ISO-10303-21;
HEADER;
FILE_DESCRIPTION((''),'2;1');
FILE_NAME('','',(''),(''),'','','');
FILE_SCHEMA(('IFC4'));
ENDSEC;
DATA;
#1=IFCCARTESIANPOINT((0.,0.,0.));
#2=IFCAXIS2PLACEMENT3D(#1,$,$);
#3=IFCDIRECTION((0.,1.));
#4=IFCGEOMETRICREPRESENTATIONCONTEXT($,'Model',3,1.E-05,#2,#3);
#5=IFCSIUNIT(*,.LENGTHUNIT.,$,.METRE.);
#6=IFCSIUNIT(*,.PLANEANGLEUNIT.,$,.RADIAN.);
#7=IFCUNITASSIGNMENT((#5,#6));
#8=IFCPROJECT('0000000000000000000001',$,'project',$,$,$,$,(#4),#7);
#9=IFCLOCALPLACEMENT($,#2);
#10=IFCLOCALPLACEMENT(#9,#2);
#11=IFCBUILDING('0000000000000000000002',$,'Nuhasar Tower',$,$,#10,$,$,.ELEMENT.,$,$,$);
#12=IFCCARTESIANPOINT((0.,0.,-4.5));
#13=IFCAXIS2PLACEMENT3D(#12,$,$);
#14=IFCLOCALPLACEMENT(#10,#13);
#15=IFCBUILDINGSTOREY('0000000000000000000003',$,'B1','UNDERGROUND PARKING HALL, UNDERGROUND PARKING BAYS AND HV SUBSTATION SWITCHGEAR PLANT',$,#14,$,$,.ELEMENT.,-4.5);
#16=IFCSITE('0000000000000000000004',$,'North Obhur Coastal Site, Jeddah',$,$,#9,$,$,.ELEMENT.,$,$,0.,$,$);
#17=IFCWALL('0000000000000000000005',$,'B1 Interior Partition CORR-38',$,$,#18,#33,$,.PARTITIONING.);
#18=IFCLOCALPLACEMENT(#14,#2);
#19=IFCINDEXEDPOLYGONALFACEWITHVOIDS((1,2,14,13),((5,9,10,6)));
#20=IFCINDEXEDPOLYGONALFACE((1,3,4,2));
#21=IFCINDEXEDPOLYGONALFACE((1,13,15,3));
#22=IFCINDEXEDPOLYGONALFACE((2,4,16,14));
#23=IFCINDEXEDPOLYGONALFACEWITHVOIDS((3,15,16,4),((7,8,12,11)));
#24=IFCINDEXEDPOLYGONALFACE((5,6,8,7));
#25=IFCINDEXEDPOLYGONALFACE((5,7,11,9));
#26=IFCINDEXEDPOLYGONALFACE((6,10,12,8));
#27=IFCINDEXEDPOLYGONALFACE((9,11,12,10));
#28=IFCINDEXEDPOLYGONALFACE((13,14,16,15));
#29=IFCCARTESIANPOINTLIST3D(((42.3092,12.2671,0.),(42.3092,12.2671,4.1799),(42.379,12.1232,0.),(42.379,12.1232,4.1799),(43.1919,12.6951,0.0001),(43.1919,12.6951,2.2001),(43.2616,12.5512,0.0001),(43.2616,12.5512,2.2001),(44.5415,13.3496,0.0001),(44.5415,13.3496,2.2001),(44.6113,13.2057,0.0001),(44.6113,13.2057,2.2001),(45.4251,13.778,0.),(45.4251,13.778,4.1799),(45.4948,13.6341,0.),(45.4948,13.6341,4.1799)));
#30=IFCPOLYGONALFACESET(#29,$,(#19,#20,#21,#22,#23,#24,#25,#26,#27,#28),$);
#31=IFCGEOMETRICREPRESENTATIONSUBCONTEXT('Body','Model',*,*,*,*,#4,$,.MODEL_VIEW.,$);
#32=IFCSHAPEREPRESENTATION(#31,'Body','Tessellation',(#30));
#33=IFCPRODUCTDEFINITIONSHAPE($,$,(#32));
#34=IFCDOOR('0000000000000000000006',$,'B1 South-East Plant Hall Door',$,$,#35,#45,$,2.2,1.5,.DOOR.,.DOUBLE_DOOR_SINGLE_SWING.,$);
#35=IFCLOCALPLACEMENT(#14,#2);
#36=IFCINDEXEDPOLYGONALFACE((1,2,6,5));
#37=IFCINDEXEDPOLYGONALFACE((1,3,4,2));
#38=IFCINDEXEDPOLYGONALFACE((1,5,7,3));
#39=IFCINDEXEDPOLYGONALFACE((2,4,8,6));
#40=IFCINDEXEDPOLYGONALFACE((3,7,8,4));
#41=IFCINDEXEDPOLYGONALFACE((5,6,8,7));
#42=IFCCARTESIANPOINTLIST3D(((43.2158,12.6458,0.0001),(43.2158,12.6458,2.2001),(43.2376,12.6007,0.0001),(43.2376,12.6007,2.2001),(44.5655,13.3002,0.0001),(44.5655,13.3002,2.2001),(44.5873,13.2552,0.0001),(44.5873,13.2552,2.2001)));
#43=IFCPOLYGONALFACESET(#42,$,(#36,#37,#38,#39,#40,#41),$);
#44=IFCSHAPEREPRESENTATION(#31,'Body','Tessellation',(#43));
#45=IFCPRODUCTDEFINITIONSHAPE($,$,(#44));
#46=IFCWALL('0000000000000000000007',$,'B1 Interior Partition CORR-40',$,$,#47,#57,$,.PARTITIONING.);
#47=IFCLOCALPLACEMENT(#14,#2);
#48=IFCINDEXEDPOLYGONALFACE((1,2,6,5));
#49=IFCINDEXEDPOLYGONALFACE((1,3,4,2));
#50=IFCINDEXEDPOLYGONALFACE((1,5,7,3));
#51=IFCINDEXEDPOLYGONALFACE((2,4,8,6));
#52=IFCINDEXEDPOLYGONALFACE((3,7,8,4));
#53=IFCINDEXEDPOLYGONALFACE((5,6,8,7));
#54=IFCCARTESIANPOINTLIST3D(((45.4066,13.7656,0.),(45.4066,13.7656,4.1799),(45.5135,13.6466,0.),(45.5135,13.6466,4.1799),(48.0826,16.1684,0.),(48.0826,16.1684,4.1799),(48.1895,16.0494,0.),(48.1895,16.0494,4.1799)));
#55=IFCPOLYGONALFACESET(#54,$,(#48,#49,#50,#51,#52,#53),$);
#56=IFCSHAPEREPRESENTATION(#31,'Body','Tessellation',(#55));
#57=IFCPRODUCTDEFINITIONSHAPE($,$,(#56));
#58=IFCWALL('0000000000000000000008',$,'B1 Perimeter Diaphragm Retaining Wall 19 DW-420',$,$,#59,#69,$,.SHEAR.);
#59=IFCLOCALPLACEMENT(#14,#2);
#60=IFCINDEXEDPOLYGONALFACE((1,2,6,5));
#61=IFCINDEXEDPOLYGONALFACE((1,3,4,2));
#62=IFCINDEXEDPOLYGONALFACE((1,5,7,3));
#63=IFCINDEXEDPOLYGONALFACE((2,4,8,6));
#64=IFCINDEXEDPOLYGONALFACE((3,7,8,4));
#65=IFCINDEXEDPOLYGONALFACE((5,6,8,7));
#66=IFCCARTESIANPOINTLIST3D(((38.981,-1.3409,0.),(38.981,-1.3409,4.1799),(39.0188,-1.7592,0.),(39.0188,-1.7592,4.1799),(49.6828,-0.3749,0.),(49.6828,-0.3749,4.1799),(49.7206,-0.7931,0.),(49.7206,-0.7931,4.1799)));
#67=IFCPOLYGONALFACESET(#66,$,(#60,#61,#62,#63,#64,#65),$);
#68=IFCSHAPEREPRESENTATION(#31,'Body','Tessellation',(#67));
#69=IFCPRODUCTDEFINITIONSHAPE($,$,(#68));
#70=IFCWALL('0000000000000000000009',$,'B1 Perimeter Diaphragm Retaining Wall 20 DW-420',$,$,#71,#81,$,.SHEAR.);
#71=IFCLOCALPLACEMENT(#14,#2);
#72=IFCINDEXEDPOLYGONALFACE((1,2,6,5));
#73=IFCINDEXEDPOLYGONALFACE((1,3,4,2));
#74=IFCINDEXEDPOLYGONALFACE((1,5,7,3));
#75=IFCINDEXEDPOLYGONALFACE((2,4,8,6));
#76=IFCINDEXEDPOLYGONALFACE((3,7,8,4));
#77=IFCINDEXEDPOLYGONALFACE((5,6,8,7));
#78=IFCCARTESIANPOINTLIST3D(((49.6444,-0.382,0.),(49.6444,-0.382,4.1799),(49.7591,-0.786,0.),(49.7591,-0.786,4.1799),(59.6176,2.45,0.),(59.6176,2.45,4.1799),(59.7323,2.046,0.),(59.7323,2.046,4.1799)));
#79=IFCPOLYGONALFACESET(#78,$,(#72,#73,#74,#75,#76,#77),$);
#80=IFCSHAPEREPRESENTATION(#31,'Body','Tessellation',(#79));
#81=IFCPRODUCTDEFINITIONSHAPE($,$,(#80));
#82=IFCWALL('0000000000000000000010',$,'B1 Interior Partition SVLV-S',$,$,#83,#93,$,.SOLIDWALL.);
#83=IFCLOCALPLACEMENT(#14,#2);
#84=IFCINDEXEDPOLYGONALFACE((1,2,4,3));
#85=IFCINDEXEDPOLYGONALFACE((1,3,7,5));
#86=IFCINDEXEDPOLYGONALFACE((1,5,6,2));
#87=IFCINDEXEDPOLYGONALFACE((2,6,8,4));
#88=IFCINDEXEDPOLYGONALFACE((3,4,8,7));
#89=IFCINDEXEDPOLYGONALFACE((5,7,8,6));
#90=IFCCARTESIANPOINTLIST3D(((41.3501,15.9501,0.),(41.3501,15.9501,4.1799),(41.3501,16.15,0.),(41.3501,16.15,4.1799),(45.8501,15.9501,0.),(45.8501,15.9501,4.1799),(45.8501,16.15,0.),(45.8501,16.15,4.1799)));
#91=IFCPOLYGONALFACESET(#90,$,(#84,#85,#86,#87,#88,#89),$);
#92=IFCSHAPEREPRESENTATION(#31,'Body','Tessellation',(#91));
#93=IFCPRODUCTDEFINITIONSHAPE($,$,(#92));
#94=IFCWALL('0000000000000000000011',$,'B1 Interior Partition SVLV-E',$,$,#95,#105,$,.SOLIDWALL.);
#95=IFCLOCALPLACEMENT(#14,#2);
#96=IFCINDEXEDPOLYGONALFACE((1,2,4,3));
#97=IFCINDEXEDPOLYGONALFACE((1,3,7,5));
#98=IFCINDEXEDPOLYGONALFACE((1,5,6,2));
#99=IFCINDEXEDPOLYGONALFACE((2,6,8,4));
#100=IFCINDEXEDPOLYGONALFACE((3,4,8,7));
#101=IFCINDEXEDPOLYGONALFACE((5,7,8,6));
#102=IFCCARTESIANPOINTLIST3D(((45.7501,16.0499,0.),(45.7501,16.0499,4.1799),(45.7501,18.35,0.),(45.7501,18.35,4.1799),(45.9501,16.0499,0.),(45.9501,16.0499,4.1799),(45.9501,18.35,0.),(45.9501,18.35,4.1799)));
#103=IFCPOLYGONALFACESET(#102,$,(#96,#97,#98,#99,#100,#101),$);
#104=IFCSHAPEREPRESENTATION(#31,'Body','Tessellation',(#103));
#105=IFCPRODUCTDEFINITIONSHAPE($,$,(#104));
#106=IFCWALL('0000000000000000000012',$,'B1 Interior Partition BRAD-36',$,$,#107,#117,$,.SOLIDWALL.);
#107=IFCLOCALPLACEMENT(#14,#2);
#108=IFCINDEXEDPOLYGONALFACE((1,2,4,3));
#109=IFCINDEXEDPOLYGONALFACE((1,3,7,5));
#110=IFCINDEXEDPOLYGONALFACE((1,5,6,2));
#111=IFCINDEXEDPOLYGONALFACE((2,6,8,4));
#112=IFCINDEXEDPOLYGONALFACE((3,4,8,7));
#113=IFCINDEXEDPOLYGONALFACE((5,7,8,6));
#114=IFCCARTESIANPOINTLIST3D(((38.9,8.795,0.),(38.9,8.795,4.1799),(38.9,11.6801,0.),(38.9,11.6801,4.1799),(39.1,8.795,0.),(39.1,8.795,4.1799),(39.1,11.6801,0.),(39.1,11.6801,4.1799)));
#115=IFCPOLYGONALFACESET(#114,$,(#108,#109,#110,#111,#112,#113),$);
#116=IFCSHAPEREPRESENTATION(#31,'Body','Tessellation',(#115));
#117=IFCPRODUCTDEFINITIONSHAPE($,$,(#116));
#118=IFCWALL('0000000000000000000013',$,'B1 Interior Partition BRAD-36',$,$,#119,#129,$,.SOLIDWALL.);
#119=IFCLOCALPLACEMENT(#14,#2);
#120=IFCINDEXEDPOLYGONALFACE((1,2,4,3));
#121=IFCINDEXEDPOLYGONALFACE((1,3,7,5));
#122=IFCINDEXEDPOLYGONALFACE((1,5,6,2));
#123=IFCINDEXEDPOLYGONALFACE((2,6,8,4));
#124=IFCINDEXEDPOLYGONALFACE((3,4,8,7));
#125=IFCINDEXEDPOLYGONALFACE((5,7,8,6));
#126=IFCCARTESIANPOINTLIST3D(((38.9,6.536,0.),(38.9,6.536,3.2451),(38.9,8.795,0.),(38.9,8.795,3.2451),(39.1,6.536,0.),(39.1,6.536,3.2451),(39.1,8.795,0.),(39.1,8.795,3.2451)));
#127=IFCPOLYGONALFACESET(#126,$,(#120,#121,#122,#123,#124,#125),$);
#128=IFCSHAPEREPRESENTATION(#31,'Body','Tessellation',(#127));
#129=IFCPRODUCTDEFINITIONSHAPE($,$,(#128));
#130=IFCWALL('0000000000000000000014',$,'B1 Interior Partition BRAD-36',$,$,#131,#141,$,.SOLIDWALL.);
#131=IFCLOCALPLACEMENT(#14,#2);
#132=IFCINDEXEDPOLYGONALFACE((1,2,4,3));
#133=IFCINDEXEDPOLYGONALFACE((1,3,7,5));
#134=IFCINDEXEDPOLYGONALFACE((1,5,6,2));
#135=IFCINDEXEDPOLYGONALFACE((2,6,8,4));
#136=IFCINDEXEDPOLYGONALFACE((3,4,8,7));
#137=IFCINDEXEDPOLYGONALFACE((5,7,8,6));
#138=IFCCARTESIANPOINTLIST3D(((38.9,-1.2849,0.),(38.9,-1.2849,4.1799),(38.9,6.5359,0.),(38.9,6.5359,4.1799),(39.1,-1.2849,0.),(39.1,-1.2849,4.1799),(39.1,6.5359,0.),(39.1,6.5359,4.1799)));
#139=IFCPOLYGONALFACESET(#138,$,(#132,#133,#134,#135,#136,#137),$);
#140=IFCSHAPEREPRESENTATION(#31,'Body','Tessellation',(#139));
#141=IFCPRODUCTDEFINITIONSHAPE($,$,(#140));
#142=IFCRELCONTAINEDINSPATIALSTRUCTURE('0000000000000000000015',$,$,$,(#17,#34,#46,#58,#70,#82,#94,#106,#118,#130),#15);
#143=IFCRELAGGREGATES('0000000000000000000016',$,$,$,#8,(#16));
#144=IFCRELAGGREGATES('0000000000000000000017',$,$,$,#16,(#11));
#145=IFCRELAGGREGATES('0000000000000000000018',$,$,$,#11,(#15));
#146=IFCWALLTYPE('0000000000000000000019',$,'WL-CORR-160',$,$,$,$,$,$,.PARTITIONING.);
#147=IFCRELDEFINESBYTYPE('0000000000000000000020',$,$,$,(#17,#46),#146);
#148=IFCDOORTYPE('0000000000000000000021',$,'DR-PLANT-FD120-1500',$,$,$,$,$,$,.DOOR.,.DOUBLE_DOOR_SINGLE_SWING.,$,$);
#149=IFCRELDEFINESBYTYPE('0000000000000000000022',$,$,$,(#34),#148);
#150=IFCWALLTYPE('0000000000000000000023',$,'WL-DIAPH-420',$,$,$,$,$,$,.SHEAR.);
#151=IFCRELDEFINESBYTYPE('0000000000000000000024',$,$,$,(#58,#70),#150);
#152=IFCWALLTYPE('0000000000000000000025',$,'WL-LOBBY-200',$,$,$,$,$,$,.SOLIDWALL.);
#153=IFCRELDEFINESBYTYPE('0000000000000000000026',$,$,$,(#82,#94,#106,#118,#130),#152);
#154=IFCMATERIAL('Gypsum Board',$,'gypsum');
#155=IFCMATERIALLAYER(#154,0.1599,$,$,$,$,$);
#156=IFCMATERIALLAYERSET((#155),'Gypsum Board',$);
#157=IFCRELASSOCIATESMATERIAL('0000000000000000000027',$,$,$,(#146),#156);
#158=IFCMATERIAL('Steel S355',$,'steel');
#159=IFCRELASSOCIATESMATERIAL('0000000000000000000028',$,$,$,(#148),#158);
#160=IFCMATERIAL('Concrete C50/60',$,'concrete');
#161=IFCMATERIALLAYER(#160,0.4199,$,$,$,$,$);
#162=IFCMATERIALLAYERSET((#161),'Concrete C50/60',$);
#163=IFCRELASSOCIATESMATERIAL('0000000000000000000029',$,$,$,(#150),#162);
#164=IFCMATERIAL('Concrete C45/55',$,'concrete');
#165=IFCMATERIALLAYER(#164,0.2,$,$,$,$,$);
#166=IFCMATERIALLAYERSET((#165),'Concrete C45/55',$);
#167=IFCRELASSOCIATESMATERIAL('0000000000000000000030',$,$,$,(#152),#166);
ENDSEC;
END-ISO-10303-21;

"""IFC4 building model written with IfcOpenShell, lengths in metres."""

from ifc_helpers import new_model, si_unit, direction, frame, frame_2d, origin, place, context, subcontext, project, spatial, rectangle, extrude, material, layer, layer_set, type_object, element, fill, save


model = new_model("IFC4")

# Units and contexts
model_context = context("Model", 3, precision=1e-05, world=origin(), true_north=direction((0.0, 1.0)))
body_context = subcontext(model_context, "Body", "Model", "MODEL_VIEW")
ifc_project = project(units=[si_unit("LENGTHUNIT", "METRE"), si_unit("PLANEANGLEUNIT", "RADIAN")], contexts=[model_context])

# Site, building, storey
site_placement = place(None, origin())
site = spatial("IfcSite", under=ifc_project, at=site_placement, Name="North Obhur Coastal Site, Jeddah", CompositionType="ELEMENT", RefElevation=0.0)
building_placement = place(site_placement, origin())
building = spatial("IfcBuilding", under=site, at=building_placement, Name="Nuhasar Tower", CompositionType="ELEMENT")
storey_placement = place(building_placement, frame((0.0, 0.0, -4.5)))
storey = spatial("IfcBuildingStorey", under=building, at=storey_placement, Name="B1", Description="UNDERGROUND PARKING HALL, UNDERGROUND PARKING BAYS AND HV SUBSTATION SWITCHGEAR PLANT", CompositionType="ELEMENT", Elevation=-4.5)

# Shared definitions
ifc_material_1 = material(Name="Concrete C50/60", Category="concrete")
ifc_material_2 = material(Name="Steel S355", Category="steel")

# Wall, opening, door
ifc_material_3 = material(Name="Gypsum Board", Category="gypsum")
ifc_layer_1 = layer(ifc_material_3, 0.1599)
ifc_layer_set_1 = layer_set([ifc_layer_1], Name="Gypsum Board")
wall_type_1 = type_object("IfcWallType", Name="WL-CORR-160", PredefinedType="PARTITIONING", material=ifc_layer_set_1)
wall_1_placement = place(storey_placement, frame((45.46, 13.7061, 0.0), z_axis=(0.0, 0.0, 1.0), x_axis=(-0.89979, -0.436324, 0.0)))
wall_1 = element("IfcWall", 1, at=wall_1_placement, inside=storey, type_object=wall_type_1, Name="B1 Interior Partition CORR-38", PredefinedType="PARTITIONING", context=body_context, shape_type="SweptSolid", body=[
    extrude(rectangle(XDim=3.4629, YDim=0.1599, at=frame_2d((1.7314, 0.0))), origin(), (0.0, 0.0, 1.0), 4.1799),
])
opening_1_placement = place(wall_1_placement, frame((0.9819, 0.0, 0.0)))
opening_1 = element("IfcOpeningElement", 2, at=opening_1_placement, cuts=wall_1, PredefinedType="OPENING", context=body_context, shape_type="SweptSolid", body=[
    extrude(rectangle(XDim=1.5, YDim=2.2, at=frame_2d((0.75, 1.1001))), frame((0.0, 0.0898, 0.0), z_axis=(0.0, -1.0, 0.0), x_axis=(1.0, 0.0, 0.0)), (0.0, 0.0, 1.0), 0.1799),
])
door_type_1 = type_object("IfcDoorType", Name="DR-PLANT-FD120-1500", OperationType="DOUBLE_DOOR_SINGLE_SWING", PredefinedType="DOOR", material=ifc_material_2)
door_1_placement = place(opening_1_placement, origin())
door_1 = element("IfcDoor", 3, at=door_1_placement, inside=storey, type_object=door_type_1, Name="B1 South-East Plant Hall Door", OperationType="DOUBLE_DOOR_SINGLE_SWING", OverallHeight=2.2, OverallWidth=1.5, PredefinedType="DOOR", context=body_context, shape_type="SweptSolid", body=[
    extrude(rectangle(XDim=1.5, YDim=2.2, at=frame_2d((0.75, 1.1001))), frame((0.0, 0.0249, 0.0), z_axis=(0.0, -1.0, 0.0), x_axis=(1.0, 0.0, 0.0)), (0.0, 0.0, 1.0), 0.05),
])
fill(opening_1, door_1)

# Walls
wall_2_placement = place(storey_placement, frame((45.46, 13.7061, 0.0), z_axis=(0.0, 0.0, 1.0), x_axis=(0.744067, 0.668105, 0.0)))
element("IfcWall", 4, at=wall_2_placement, inside=storey, type_object=wall_type_1, Name="B1 Interior Partition CORR-40", PredefinedType="PARTITIONING", context=body_context, shape_type="SweptSolid", body=[
    extrude(rectangle(XDim=3.5964, YDim=0.1599, at=frame_2d((1.7983, 0.0))), origin(), (0.0, 0.0, 1.0), 4.1799),
])
ifc_layer_2 = layer(ifc_material_1, 0.4199)
ifc_layer_set_2 = layer_set([ifc_layer_2], Name="Concrete C50/60")
wall_type_2 = type_object("IfcWallType", Name="WL-DIAPH-420", PredefinedType="SHEAR", material=ifc_layer_set_2)
wall_3_placement = place(storey_placement, frame((39.0, -1.55, 0.0), z_axis=(0.0, 0.0, 1.0), x_axis=(0.99595, 0.089905, 0.0)))
element("IfcWall", 5, at=wall_3_placement, inside=storey, type_object=wall_type_2, Name="B1 Perimeter Diaphragm Retaining Wall 19 DW-420", PredefinedType="SHEAR", context=body_context, shape_type="SweptSolid", body=[
    extrude(rectangle(XDim=10.7454, YDim=0.4199, at=frame_2d((5.3726, 0.0))), origin(), (0.0, 0.0, 1.0), 4.1799),
])
wall_4_placement = place(storey_placement, frame((49.7019, -0.584, 0.0), z_axis=(0.0, 0.0, 1.0), x_axis=(0.961967, 0.273166, 0.0)))
element("IfcWall", 6, at=wall_4_placement, inside=storey, type_object=wall_type_2, Name="B1 Perimeter Diaphragm Retaining Wall 20 DW-420", PredefinedType="SHEAR", context=body_context, shape_type="SweptSolid", body=[
    extrude(rectangle(XDim=10.3674, YDim=0.4199, at=frame_2d((5.1836, 0.0))), origin(), (0.0, 0.0, 1.0), 4.1799),
])

# Shared definitions
ifc_material_4 = material(Name="Concrete C45/55", Category="concrete")
ifc_layer_3 = layer(ifc_material_4, 0.2)
ifc_layer_set_3 = layer_set([ifc_layer_3], Name="Concrete C45/55")
wall_type_3 = type_object("IfcWallType", Name="WL-LOBBY-200", PredefinedType="SOLIDWALL", material=ifc_layer_set_3)

# Walls
wall_5_placement = place(storey_placement, frame((41.3501, 16.05, 0.0), z_axis=(0.0, 0.0, 1.0), x_axis=(1.0, 0.0, 0.0)))
element("IfcWall", 7, at=wall_5_placement, inside=storey, type_object=wall_type_3, Name="B1 Interior Partition SVLV-S", PredefinedType="SOLIDWALL", context=body_context, shape_type="SweptSolid", body=[
    extrude(rectangle(XDim=4.5, YDim=0.2, at=frame_2d((2.25, 0.0))), origin(), (0.0, 0.0, 1.0), 4.1799),
])
wall_6_placement = place(storey_placement, frame((45.8501, 16.05, 0.0), z_axis=(0.0, 0.0, 1.0), x_axis=(0.0, 1.0, 0.0)))
element("IfcWall", 8, at=wall_6_placement, inside=storey, type_object=wall_type_3, Name="B1 Interior Partition SVLV-E", PredefinedType="SOLIDWALL", context=body_context, shape_type="SweptSolid", body=[
    extrude(rectangle(XDim=2.3, YDim=0.2, at=frame_2d((1.1499, 0.0))), origin(), (0.0, 0.0, 1.0), 4.1799),
])
wall_7_placement = place(storey_placement, frame((39.0, 11.6799, 0.0), z_axis=(0.0, 0.0, 1.0), x_axis=(0.0, -1.0, 0.0)))
element("IfcWall", 9, at=wall_7_placement, inside=storey, type_object=wall_type_3, Name="B1 Interior Partition BRAD-36", PredefinedType="SOLIDWALL", context=body_context, shape_type="SweptSolid", body=[
    extrude(rectangle(XDim=2.885, YDim=0.2, at=frame_2d((1.4424, 0.0))), origin(), (0.0, 0.0, 1.0), 4.1799),
])
wall_8_placement = place(storey_placement, frame((39.0, 8.7949, 0.0), z_axis=(0.0, 0.0, 1.0), x_axis=(0.0, -1.0, 0.0)))
element("IfcWall", 10, at=wall_8_placement, inside=storey, type_object=wall_type_3, Name="B1 Interior Partition BRAD-36", PredefinedType="SOLIDWALL", context=body_context, shape_type="SweptSolid", body=[
    extrude(rectangle(XDim=2.259, YDim=0.2, at=frame_2d((1.1294, 0.0))), origin(), (0.0, 0.0, 1.0), 3.2451),
])
wall_9_placement = place(storey_placement, frame((39.0, 6.5359, 0.0), z_axis=(0.0, 0.0, 1.0), x_axis=(0.0, -1.0, 0.0)))
element("IfcWall", 11, at=wall_9_placement, inside=storey, type_object=wall_type_3, Name="B1 Interior Partition BRAD-36", PredefinedType="SOLIDWALL", context=body_context, shape_type="SweptSolid", body=[
    extrude(rectangle(XDim=7.8208, YDim=0.2, at=frame_2d((3.9104, 0.0))), origin(), (0.0, 0.0, 1.0), 4.1799),
])

save(model, "model.ifc")
